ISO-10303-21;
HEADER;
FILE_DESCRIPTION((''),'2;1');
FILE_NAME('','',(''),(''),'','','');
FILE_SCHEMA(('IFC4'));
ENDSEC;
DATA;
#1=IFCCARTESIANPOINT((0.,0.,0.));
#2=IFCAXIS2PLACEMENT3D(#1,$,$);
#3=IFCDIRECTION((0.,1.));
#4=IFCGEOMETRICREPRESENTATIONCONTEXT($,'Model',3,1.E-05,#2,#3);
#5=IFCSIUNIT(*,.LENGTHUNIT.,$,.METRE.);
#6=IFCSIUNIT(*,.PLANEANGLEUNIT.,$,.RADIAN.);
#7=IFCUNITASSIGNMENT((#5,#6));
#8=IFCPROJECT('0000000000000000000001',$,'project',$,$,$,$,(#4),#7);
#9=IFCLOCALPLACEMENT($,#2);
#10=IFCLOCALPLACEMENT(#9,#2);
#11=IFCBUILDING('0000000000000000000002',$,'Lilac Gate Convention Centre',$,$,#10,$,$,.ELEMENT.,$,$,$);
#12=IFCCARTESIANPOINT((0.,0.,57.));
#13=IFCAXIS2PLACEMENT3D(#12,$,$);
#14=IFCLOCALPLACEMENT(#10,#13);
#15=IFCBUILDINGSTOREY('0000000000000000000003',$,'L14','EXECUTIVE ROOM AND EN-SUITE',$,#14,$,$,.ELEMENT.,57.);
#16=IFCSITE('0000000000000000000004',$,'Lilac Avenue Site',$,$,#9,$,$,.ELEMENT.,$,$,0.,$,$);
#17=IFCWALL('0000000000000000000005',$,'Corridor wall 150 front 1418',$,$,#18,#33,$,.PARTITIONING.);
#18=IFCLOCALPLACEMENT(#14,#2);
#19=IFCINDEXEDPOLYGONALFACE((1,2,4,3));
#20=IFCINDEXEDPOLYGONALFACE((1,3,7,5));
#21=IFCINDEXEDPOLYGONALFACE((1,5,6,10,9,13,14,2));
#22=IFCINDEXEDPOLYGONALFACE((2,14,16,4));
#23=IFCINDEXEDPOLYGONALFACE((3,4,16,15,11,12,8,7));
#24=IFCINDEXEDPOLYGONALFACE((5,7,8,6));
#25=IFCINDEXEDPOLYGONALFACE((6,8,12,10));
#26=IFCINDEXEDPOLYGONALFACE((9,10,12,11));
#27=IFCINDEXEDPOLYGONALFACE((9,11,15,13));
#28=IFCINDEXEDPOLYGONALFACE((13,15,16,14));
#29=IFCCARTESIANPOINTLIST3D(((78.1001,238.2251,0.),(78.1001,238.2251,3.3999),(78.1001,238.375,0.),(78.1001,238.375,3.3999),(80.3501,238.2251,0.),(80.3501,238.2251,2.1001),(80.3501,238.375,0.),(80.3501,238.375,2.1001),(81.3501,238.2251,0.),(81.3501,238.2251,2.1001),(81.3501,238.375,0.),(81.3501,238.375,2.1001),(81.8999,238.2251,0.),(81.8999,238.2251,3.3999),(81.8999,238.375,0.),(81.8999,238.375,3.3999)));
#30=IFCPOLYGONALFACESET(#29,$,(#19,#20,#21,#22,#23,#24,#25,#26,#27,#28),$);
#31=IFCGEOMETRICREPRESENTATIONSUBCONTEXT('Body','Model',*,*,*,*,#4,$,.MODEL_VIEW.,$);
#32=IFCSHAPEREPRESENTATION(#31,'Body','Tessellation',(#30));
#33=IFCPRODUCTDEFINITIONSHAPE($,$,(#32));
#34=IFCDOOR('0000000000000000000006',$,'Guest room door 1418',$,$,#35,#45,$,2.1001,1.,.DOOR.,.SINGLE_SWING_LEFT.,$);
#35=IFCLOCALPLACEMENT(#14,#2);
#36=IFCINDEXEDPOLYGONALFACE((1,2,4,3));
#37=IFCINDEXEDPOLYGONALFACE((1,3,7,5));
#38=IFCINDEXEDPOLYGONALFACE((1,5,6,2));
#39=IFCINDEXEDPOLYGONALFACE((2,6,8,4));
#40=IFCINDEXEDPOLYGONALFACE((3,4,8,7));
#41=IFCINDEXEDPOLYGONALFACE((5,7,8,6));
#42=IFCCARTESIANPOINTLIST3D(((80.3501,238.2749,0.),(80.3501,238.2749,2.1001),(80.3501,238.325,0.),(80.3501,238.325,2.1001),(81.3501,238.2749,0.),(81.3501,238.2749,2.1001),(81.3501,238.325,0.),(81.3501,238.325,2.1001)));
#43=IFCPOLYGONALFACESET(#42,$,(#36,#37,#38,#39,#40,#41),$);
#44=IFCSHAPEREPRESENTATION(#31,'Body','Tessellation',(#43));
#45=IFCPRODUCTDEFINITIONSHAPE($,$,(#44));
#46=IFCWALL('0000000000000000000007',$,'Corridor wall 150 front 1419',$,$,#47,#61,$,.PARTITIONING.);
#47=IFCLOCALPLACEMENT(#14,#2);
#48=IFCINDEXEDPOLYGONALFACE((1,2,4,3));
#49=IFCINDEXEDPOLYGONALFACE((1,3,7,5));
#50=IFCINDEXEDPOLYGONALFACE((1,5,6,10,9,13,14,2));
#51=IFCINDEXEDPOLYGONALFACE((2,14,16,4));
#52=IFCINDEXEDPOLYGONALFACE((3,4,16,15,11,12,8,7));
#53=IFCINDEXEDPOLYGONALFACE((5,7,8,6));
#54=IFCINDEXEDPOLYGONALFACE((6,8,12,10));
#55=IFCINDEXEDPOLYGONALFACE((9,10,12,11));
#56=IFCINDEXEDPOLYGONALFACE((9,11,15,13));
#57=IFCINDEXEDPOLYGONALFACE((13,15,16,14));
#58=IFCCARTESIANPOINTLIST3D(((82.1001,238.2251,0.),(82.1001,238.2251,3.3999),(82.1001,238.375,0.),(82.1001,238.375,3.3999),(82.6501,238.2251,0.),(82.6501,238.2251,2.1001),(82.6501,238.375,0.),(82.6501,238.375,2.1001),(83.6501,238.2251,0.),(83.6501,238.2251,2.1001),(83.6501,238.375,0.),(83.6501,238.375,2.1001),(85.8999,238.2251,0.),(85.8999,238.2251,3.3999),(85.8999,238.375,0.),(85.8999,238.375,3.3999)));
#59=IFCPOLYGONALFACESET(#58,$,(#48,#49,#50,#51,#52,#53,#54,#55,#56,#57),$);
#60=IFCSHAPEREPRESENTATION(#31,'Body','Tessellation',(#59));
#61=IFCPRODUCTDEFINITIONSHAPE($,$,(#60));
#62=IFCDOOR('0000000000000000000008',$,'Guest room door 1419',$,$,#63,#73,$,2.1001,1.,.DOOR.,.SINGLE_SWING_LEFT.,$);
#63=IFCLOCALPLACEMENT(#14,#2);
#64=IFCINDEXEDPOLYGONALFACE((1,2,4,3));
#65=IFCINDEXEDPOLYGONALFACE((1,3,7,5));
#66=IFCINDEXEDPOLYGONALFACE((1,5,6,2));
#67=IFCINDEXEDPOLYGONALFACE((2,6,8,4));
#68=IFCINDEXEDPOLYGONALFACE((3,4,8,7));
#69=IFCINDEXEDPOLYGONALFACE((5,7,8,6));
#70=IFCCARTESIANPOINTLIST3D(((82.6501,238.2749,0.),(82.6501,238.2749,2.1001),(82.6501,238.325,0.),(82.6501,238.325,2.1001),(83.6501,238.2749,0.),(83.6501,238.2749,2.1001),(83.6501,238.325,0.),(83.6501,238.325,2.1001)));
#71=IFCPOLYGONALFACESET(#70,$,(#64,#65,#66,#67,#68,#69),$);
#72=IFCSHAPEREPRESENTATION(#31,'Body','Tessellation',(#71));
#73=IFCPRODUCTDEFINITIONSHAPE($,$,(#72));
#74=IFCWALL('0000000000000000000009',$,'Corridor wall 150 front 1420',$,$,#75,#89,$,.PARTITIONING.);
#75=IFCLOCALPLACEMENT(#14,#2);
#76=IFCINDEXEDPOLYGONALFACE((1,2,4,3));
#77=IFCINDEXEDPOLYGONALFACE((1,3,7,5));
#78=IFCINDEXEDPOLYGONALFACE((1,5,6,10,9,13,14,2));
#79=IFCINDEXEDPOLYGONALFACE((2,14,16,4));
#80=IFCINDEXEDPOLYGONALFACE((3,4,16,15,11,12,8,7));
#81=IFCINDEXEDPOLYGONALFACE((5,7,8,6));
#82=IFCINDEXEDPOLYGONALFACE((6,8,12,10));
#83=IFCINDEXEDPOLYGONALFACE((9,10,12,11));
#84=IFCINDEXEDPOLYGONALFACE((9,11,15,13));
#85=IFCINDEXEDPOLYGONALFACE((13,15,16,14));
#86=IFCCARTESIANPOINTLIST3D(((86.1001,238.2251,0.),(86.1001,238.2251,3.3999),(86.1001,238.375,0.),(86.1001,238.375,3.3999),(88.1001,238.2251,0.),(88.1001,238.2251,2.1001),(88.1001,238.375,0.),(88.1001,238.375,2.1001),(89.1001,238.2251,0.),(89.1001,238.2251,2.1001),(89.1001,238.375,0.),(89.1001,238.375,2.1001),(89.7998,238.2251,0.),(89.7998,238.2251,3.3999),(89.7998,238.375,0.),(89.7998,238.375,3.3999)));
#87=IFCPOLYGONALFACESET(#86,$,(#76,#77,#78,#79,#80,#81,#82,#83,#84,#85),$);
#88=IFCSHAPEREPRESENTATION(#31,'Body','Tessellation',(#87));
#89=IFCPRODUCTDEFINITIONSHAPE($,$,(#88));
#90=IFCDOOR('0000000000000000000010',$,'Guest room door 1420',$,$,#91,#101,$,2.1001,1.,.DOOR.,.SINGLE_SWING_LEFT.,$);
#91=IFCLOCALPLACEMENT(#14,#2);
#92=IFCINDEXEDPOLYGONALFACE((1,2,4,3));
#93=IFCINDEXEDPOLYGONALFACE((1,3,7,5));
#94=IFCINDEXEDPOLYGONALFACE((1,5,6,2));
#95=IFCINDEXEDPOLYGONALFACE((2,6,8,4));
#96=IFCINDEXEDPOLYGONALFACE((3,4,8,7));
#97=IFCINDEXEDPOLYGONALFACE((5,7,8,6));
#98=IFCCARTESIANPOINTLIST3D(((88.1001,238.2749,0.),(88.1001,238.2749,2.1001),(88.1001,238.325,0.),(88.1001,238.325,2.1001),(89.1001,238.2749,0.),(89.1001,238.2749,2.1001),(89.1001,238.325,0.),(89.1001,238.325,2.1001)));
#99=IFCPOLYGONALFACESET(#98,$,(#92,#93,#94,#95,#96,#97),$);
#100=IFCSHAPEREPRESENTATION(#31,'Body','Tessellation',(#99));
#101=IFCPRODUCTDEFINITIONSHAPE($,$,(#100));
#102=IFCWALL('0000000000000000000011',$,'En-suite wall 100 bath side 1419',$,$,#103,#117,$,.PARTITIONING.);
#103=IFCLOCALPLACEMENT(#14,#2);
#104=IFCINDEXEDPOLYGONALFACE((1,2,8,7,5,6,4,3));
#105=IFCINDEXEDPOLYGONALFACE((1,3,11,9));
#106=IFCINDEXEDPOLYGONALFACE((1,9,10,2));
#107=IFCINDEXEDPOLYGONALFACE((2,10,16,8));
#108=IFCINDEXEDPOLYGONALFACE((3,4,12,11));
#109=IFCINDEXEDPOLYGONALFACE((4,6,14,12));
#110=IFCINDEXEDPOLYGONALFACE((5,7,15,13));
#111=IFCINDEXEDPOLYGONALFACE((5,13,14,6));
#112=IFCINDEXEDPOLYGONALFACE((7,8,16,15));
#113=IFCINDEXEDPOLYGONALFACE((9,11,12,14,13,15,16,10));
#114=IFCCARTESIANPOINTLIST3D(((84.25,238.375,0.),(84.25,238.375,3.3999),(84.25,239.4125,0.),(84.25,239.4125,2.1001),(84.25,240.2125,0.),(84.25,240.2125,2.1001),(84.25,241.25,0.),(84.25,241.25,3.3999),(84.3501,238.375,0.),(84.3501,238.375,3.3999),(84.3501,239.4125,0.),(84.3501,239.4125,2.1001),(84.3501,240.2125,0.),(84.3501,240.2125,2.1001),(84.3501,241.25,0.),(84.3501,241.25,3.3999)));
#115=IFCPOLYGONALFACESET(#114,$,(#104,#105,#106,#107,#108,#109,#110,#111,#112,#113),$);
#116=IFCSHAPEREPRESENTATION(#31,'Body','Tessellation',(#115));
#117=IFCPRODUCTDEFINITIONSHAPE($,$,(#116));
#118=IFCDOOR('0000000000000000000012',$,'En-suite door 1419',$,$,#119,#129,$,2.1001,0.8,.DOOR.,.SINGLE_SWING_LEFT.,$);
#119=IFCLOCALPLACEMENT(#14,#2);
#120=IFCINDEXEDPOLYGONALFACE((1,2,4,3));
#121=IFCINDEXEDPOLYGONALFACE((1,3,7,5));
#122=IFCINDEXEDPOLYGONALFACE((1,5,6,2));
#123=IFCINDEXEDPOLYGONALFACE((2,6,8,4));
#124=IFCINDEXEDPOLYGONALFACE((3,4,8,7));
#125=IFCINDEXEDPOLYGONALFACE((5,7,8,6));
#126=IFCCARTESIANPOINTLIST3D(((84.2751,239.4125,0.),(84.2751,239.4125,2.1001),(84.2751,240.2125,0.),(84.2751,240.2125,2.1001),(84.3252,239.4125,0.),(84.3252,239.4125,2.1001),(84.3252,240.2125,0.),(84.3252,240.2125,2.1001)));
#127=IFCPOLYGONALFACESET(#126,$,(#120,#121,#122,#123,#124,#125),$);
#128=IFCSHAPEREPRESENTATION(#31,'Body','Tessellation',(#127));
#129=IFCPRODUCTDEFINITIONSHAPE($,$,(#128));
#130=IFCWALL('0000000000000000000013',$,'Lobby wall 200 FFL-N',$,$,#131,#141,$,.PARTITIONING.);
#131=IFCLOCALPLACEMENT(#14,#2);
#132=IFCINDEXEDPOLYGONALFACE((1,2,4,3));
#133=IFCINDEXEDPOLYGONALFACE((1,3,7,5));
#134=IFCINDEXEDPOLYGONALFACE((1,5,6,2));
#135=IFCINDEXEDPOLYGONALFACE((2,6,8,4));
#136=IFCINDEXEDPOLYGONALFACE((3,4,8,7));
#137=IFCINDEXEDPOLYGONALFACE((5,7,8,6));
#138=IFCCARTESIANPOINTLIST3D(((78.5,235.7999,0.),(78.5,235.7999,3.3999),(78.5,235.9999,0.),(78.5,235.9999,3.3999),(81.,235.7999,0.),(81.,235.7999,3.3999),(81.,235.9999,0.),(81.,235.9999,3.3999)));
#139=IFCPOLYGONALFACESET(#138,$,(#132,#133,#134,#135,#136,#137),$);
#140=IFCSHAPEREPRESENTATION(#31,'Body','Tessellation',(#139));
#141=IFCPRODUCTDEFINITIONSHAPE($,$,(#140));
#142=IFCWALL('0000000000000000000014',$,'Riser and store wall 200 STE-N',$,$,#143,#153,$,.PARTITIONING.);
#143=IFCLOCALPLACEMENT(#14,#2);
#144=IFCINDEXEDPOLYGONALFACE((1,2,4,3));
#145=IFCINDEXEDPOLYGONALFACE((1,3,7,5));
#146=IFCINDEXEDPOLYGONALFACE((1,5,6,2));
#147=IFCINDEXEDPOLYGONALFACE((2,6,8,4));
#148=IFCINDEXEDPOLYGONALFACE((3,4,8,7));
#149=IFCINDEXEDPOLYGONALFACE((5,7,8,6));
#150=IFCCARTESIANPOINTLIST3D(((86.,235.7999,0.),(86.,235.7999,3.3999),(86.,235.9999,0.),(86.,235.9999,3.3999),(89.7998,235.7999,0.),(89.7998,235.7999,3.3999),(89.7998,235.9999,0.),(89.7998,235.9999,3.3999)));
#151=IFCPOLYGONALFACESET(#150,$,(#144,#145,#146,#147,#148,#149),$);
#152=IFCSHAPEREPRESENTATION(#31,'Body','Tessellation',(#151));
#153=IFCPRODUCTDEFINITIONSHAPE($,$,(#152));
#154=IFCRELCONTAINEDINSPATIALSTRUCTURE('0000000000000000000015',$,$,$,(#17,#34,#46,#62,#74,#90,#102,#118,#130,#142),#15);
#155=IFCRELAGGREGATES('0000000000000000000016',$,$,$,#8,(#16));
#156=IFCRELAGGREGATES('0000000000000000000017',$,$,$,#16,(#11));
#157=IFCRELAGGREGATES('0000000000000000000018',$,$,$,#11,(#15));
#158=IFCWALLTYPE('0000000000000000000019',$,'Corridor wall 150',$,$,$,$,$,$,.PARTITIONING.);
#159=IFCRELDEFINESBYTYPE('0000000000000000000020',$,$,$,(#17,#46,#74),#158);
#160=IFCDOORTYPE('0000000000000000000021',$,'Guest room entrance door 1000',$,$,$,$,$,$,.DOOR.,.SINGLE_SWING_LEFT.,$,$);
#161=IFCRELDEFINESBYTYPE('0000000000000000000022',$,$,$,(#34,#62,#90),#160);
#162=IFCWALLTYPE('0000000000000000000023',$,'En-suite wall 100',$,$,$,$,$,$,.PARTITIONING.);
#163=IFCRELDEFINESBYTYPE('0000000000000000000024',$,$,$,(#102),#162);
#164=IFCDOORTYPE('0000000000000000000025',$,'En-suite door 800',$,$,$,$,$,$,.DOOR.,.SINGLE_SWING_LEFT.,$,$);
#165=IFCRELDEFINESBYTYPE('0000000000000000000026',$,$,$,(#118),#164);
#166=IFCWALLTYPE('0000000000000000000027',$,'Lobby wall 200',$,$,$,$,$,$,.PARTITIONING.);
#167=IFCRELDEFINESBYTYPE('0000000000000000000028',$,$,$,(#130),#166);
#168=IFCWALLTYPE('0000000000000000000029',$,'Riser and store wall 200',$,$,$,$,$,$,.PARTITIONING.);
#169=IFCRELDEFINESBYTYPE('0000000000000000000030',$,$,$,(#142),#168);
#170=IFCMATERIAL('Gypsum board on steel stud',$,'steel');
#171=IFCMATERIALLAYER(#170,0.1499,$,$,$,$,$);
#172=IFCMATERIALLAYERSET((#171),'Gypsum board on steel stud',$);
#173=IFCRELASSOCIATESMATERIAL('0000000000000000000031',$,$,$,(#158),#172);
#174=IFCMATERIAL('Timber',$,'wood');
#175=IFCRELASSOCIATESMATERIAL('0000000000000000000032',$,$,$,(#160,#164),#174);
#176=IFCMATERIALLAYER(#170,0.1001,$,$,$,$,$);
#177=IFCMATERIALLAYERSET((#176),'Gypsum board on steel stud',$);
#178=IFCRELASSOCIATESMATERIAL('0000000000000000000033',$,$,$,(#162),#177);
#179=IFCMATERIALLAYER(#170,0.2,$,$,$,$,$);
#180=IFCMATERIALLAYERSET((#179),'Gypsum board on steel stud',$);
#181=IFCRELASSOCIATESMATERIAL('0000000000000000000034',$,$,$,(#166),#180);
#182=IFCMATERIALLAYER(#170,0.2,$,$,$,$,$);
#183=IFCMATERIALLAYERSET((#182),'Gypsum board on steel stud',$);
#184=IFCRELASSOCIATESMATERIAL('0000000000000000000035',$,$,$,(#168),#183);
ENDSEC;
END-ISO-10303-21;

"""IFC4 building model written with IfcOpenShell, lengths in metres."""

from ifc_helpers import new_model, si_unit, direction, frame, frame_2d, origin, place, context, subcontext, project, spatial, rectangle, extrude, material, layer, layer_set, type_object, element, fill, save


model = new_model("IFC4")

# Units and contexts
model_context = context("Model", 3, precision=1e-05, world=origin(), true_north=direction((0.0, 1.0)))
body_context = subcontext(model_context, "Body", "Model", "MODEL_VIEW")
ifc_project = project(units=[si_unit("LENGTHUNIT", "METRE"), si_unit("PLANEANGLEUNIT", "RADIAN")], contexts=[model_context])

# Site, building, storey
site_placement = place(None, origin())
site = spatial("IfcSite", under=ifc_project, at=site_placement, Name="Lilac Avenue Site", CompositionType="ELEMENT", RefElevation=0.0)
building_placement = place(site_placement, origin())
building = spatial("IfcBuilding", under=site, at=building_placement, Name="Lilac Gate Convention Centre", CompositionType="ELEMENT")
storey_placement = place(building_placement, frame((0.0, 0.0, 57.0)))
storey = spatial("IfcBuildingStorey", under=building, at=storey_placement, Name="L14", Description="EXECUTIVE ROOM AND EN-SUITE", CompositionType="ELEMENT", Elevation=57.0)

# Walls, openings, doors
ifc_material_1 = material(Name="Gypsum board on steel stud", Category="steel")
ifc_layer_1 = layer(ifc_material_1, 0.1499)
ifc_layer_set_1 = layer_set([ifc_layer_1], Name="Gypsum board on steel stud")
wall_type_1 = type_object("IfcWallType", Name="Corridor wall 150", PredefinedType="PARTITIONING", material=ifc_layer_set_1)
wall_1_placement = place(storey_placement, frame((78.1001, 238.3, 0.0), z_axis=(0.0, 0.0, 1.0), x_axis=(1.0, 0.0, 0.0)))
wall_1 = element("IfcWall", 1, at=wall_1_placement, inside=storey, type_object=wall_type_1, Name="Corridor wall 150 front 1418", PredefinedType="PARTITIONING", context=body_context, shape_type="SweptSolid", body=[
    extrude(rectangle(XDim=3.7998, YDim=0.1499, at=frame_2d((1.8999, 0.0))), origin(), (0.0, 0.0, 1.0), 3.3999),
])
opening_1_placement = place(wall_1_placement, frame((2.25, 0.0, 0.0)))
opening_1 = element("IfcOpeningElement", 2, at=opening_1_placement, cuts=wall_1, PredefinedType="OPENING", context=body_context, shape_type="SweptSolid", body=[
    extrude(rectangle(XDim=1.0, YDim=2.1001, at=frame_2d((0.5, 1.05))), frame((0.0, 0.085, 0.0), z_axis=(0.0, -1.0, 0.0), x_axis=(1.0, 0.0, 0.0)), (0.0, 0.0, 1.0), 0.1699),
])
ifc_material_2 = material(Name="Timber", Category="wood")
door_type_1 = type_object("IfcDoorType", Name="Guest room entrance door 1000", OperationType="SINGLE_SWING_LEFT", PredefinedType="DOOR", material=ifc_material_2)
door_1_placement = place(opening_1_placement, origin())
door_1 = element("IfcDoor", 3, at=door_1_placement, inside=storey, type_object=door_type_1, Name="Guest room door 1418", OperationType="SINGLE_SWING_LEFT", OverallHeight=2.1001, OverallWidth=1.0, PredefinedType="DOOR", context=body_context, shape_type="SweptSolid", body=[
    extrude(rectangle(XDim=1.0, YDim=2.1001, at=frame_2d((0.5, 1.05))), frame((0.0, 0.0249, 0.0), z_axis=(0.0, -1.0, 0.0), x_axis=(1.0, 0.0, 0.0)), (0.0, 0.0, 1.0), 0.05),
])
fill(opening_1, door_1)
wall_2_placement = place(storey_placement, frame((82.1001, 238.3, 0.0), z_axis=(0.0, 0.0, 1.0), x_axis=(1.0, 0.0, 0.0)))
wall_2 = element("IfcWall", 4, at=wall_2_placement, inside=storey, type_object=wall_type_1, Name="Corridor wall 150 front 1419", PredefinedType="PARTITIONING", context=body_context, shape_type="SweptSolid", body=[
    extrude(rectangle(XDim=3.7998, YDim=0.1499, at=frame_2d((1.8999, 0.0))), origin(), (0.0, 0.0, 1.0), 3.3999),
])
opening_2_placement = place(wall_2_placement, frame((0.55, 0.0, 0.0)))
opening_2 = element("IfcOpeningElement", 5, at=opening_2_placement, cuts=wall_2, PredefinedType="OPENING", context=body_context, shape_type="SweptSolid", body=[
    extrude(rectangle(XDim=1.0, YDim=2.1001, at=frame_2d((0.5, 1.05))), frame((0.0, 0.085, 0.0), z_axis=(0.0, -1.0, 0.0), x_axis=(1.0, 0.0, 0.0)), (0.0, 0.0, 1.0), 0.1699),
])
door_2_placement = place(opening_2_placement, origin())
door_2 = element("IfcDoor", 6, at=door_2_placement, inside=storey, type_object=door_type_1, Name="Guest room door 1419", OperationType="SINGLE_SWING_LEFT", OverallHeight=2.1001, OverallWidth=1.0, PredefinedType="DOOR", context=body_context, shape_type="SweptSolid", body=[
    extrude(rectangle(XDim=1.0, YDim=2.1001, at=frame_2d((0.5, 1.05))), frame((0.0, 0.0249, 0.0), z_axis=(0.0, -1.0, 0.0), x_axis=(1.0, 0.0, 0.0)), (0.0, 0.0, 1.0), 0.05),
])
fill(opening_2, door_2)
wall_3_placement = place(storey_placement, frame((86.1001, 238.3, 0.0), z_axis=(0.0, 0.0, 1.0), x_axis=(1.0, 0.0, 0.0)))
wall_3 = element("IfcWall", 7, at=wall_3_placement, inside=storey, type_object=wall_type_1, Name="Corridor wall 150 front 1420", PredefinedType="PARTITIONING", context=body_context, shape_type="SweptSolid", body=[
    extrude(rectangle(XDim=3.6997, YDim=0.1499, at=frame_2d((1.8499, 0.0))), origin(), (0.0, 0.0, 1.0), 3.3999),
])
opening_3_placement = place(wall_3_placement, frame((2.0, 0.0, 0.0)))
opening_3 = element("IfcOpeningElement", 8, at=opening_3_placement, cuts=wall_3, PredefinedType="OPENING", context=body_context, shape_type="SweptSolid", body=[
    extrude(rectangle(XDim=1.0, YDim=2.1001, at=frame_2d((0.5, 1.05))), frame((0.0, 0.085, 0.0), z_axis=(0.0, -1.0, 0.0), x_axis=(1.0, 0.0, 0.0)), (0.0, 0.0, 1.0), 0.1699),
])
door_3_placement = place(opening_3_placement, origin())
door_3 = element("IfcDoor", 9, at=door_3_placement, inside=storey, type_object=door_type_1, Name="Guest room door 1420", OperationType="SINGLE_SWING_LEFT", OverallHeight=2.1001, OverallWidth=1.0, PredefinedType="DOOR", context=body_context, shape_type="SweptSolid", body=[
    extrude(rectangle(XDim=1.0, YDim=2.1001, at=frame_2d((0.5, 1.05))), frame((0.0, 0.0249, 0.0), z_axis=(0.0, -1.0, 0.0), x_axis=(1.0, 0.0, 0.0)), (0.0, 0.0, 1.0), 0.05),
])
fill(opening_3, door_3)
ifc_layer_2 = layer(ifc_material_1, 0.1001)
ifc_layer_set_2 = layer_set([ifc_layer_2], Name="Gypsum board on steel stud")
wall_type_2 = type_object("IfcWallType", Name="En-suite wall 100", PredefinedType="PARTITIONING", material=ifc_layer_set_2)
wall_4_placement = place(storey_placement, frame((84.3, 238.375, 0.0), z_axis=(0.0, 0.0, 1.0), x_axis=(0.0, 1.0, 0.0)))
wall_4 = element("IfcWall", 10, at=wall_4_placement, inside=storey, type_object=wall_type_2, Name="En-suite wall 100 bath side 1419", PredefinedType="PARTITIONING", context=body_context, shape_type="SweptSolid", body=[
    extrude(rectangle(XDim=2.875, YDim=0.1001, at=frame_2d((1.4375, 0.0))), origin(), (0.0, 0.0, 1.0), 3.3999),
])
opening_4_placement = place(wall_4_placement, frame((1.0376, 0.0, 0.0)))
opening_4 = element("IfcOpeningElement", 11, at=opening_4_placement, cuts=wall_4, PredefinedType="OPENING", context=body_context, shape_type="SweptSolid", body=[
    extrude(rectangle(XDim=0.8, YDim=2.1001, at=frame_2d((0.3999, 1.05))), frame((0.0, 0.0601, 0.0), z_axis=(0.0, -1.0, 0.0), x_axis=(1.0, 0.0, 0.0)), (0.0, 0.0, 1.0), 0.1201),
])
door_type_2 = type_object("IfcDoorType", Name="En-suite door 800", OperationType="SINGLE_SWING_LEFT", PredefinedType="DOOR", material=ifc_material_2)
door_4_placement = place(opening_4_placement, origin())
door_4 = element("IfcDoor", 12, at=door_4_placement, inside=storey, type_object=door_type_2, Name="En-suite door 1419", OperationType="SINGLE_SWING_LEFT", OverallHeight=2.1001, OverallWidth=0.8, PredefinedType="DOOR", context=body_context, shape_type="SweptSolid", body=[
    extrude(rectangle(XDim=0.8, YDim=2.1001, at=frame_2d((0.3999, 1.05))), frame((0.0, 0.0249, 0.0), z_axis=(0.0, -1.0, 0.0), x_axis=(1.0, 0.0, 0.0)), (0.0, 0.0, 1.0), 0.05),
])
fill(opening_4, door_4)

# Walls
ifc_layer_3 = layer(ifc_material_1, 0.2)
ifc_layer_set_3 = layer_set([ifc_layer_3], Name="Gypsum board on steel stud")
wall_type_3 = type_object("IfcWallType", Name="Lobby wall 200", PredefinedType="PARTITIONING", material=ifc_layer_set_3)
wall_5_placement = place(storey_placement, frame((78.5, 235.8999, 0.0), z_axis=(0.0, 0.0, 1.0), x_axis=(1.0, 0.0, 0.0)))
element("IfcWall", 13, at=wall_5_placement, inside=storey, type_object=wall_type_3, Name="Lobby wall 200 FFL-N", PredefinedType="PARTITIONING", context=body_context, shape_type="SweptSolid", body=[
    extrude(rectangle(XDim=2.5, YDim=0.2, at=frame_2d((1.25, 0.0))), origin(), (0.0, 0.0, 1.0), 3.3999),
])
ifc_layer_4 = layer(ifc_material_1, 0.2)
ifc_layer_set_4 = layer_set([ifc_layer_4], Name="Gypsum board on steel stud")
wall_type_4 = type_object("IfcWallType", Name="Riser and store wall 200", PredefinedType="PARTITIONING", material=ifc_layer_set_4)
wall_6_placement = place(storey_placement, frame((86.0, 235.8999, 0.0), z_axis=(0.0, 0.0, 1.0), x_axis=(1.0, 0.0, 0.0)))
element("IfcWall", 14, at=wall_6_placement, inside=storey, type_object=wall_type_4, Name="Riser and store wall 200 STE-N", PredefinedType="PARTITIONING", context=body_context, shape_type="SweptSolid", body=[
    extrude(rectangle(XDim=3.7998, YDim=0.2, at=frame_2d((1.8999, 0.0))), origin(), (0.0, 0.0, 1.0), 3.3999),
])

save(model, "model.ifc")
